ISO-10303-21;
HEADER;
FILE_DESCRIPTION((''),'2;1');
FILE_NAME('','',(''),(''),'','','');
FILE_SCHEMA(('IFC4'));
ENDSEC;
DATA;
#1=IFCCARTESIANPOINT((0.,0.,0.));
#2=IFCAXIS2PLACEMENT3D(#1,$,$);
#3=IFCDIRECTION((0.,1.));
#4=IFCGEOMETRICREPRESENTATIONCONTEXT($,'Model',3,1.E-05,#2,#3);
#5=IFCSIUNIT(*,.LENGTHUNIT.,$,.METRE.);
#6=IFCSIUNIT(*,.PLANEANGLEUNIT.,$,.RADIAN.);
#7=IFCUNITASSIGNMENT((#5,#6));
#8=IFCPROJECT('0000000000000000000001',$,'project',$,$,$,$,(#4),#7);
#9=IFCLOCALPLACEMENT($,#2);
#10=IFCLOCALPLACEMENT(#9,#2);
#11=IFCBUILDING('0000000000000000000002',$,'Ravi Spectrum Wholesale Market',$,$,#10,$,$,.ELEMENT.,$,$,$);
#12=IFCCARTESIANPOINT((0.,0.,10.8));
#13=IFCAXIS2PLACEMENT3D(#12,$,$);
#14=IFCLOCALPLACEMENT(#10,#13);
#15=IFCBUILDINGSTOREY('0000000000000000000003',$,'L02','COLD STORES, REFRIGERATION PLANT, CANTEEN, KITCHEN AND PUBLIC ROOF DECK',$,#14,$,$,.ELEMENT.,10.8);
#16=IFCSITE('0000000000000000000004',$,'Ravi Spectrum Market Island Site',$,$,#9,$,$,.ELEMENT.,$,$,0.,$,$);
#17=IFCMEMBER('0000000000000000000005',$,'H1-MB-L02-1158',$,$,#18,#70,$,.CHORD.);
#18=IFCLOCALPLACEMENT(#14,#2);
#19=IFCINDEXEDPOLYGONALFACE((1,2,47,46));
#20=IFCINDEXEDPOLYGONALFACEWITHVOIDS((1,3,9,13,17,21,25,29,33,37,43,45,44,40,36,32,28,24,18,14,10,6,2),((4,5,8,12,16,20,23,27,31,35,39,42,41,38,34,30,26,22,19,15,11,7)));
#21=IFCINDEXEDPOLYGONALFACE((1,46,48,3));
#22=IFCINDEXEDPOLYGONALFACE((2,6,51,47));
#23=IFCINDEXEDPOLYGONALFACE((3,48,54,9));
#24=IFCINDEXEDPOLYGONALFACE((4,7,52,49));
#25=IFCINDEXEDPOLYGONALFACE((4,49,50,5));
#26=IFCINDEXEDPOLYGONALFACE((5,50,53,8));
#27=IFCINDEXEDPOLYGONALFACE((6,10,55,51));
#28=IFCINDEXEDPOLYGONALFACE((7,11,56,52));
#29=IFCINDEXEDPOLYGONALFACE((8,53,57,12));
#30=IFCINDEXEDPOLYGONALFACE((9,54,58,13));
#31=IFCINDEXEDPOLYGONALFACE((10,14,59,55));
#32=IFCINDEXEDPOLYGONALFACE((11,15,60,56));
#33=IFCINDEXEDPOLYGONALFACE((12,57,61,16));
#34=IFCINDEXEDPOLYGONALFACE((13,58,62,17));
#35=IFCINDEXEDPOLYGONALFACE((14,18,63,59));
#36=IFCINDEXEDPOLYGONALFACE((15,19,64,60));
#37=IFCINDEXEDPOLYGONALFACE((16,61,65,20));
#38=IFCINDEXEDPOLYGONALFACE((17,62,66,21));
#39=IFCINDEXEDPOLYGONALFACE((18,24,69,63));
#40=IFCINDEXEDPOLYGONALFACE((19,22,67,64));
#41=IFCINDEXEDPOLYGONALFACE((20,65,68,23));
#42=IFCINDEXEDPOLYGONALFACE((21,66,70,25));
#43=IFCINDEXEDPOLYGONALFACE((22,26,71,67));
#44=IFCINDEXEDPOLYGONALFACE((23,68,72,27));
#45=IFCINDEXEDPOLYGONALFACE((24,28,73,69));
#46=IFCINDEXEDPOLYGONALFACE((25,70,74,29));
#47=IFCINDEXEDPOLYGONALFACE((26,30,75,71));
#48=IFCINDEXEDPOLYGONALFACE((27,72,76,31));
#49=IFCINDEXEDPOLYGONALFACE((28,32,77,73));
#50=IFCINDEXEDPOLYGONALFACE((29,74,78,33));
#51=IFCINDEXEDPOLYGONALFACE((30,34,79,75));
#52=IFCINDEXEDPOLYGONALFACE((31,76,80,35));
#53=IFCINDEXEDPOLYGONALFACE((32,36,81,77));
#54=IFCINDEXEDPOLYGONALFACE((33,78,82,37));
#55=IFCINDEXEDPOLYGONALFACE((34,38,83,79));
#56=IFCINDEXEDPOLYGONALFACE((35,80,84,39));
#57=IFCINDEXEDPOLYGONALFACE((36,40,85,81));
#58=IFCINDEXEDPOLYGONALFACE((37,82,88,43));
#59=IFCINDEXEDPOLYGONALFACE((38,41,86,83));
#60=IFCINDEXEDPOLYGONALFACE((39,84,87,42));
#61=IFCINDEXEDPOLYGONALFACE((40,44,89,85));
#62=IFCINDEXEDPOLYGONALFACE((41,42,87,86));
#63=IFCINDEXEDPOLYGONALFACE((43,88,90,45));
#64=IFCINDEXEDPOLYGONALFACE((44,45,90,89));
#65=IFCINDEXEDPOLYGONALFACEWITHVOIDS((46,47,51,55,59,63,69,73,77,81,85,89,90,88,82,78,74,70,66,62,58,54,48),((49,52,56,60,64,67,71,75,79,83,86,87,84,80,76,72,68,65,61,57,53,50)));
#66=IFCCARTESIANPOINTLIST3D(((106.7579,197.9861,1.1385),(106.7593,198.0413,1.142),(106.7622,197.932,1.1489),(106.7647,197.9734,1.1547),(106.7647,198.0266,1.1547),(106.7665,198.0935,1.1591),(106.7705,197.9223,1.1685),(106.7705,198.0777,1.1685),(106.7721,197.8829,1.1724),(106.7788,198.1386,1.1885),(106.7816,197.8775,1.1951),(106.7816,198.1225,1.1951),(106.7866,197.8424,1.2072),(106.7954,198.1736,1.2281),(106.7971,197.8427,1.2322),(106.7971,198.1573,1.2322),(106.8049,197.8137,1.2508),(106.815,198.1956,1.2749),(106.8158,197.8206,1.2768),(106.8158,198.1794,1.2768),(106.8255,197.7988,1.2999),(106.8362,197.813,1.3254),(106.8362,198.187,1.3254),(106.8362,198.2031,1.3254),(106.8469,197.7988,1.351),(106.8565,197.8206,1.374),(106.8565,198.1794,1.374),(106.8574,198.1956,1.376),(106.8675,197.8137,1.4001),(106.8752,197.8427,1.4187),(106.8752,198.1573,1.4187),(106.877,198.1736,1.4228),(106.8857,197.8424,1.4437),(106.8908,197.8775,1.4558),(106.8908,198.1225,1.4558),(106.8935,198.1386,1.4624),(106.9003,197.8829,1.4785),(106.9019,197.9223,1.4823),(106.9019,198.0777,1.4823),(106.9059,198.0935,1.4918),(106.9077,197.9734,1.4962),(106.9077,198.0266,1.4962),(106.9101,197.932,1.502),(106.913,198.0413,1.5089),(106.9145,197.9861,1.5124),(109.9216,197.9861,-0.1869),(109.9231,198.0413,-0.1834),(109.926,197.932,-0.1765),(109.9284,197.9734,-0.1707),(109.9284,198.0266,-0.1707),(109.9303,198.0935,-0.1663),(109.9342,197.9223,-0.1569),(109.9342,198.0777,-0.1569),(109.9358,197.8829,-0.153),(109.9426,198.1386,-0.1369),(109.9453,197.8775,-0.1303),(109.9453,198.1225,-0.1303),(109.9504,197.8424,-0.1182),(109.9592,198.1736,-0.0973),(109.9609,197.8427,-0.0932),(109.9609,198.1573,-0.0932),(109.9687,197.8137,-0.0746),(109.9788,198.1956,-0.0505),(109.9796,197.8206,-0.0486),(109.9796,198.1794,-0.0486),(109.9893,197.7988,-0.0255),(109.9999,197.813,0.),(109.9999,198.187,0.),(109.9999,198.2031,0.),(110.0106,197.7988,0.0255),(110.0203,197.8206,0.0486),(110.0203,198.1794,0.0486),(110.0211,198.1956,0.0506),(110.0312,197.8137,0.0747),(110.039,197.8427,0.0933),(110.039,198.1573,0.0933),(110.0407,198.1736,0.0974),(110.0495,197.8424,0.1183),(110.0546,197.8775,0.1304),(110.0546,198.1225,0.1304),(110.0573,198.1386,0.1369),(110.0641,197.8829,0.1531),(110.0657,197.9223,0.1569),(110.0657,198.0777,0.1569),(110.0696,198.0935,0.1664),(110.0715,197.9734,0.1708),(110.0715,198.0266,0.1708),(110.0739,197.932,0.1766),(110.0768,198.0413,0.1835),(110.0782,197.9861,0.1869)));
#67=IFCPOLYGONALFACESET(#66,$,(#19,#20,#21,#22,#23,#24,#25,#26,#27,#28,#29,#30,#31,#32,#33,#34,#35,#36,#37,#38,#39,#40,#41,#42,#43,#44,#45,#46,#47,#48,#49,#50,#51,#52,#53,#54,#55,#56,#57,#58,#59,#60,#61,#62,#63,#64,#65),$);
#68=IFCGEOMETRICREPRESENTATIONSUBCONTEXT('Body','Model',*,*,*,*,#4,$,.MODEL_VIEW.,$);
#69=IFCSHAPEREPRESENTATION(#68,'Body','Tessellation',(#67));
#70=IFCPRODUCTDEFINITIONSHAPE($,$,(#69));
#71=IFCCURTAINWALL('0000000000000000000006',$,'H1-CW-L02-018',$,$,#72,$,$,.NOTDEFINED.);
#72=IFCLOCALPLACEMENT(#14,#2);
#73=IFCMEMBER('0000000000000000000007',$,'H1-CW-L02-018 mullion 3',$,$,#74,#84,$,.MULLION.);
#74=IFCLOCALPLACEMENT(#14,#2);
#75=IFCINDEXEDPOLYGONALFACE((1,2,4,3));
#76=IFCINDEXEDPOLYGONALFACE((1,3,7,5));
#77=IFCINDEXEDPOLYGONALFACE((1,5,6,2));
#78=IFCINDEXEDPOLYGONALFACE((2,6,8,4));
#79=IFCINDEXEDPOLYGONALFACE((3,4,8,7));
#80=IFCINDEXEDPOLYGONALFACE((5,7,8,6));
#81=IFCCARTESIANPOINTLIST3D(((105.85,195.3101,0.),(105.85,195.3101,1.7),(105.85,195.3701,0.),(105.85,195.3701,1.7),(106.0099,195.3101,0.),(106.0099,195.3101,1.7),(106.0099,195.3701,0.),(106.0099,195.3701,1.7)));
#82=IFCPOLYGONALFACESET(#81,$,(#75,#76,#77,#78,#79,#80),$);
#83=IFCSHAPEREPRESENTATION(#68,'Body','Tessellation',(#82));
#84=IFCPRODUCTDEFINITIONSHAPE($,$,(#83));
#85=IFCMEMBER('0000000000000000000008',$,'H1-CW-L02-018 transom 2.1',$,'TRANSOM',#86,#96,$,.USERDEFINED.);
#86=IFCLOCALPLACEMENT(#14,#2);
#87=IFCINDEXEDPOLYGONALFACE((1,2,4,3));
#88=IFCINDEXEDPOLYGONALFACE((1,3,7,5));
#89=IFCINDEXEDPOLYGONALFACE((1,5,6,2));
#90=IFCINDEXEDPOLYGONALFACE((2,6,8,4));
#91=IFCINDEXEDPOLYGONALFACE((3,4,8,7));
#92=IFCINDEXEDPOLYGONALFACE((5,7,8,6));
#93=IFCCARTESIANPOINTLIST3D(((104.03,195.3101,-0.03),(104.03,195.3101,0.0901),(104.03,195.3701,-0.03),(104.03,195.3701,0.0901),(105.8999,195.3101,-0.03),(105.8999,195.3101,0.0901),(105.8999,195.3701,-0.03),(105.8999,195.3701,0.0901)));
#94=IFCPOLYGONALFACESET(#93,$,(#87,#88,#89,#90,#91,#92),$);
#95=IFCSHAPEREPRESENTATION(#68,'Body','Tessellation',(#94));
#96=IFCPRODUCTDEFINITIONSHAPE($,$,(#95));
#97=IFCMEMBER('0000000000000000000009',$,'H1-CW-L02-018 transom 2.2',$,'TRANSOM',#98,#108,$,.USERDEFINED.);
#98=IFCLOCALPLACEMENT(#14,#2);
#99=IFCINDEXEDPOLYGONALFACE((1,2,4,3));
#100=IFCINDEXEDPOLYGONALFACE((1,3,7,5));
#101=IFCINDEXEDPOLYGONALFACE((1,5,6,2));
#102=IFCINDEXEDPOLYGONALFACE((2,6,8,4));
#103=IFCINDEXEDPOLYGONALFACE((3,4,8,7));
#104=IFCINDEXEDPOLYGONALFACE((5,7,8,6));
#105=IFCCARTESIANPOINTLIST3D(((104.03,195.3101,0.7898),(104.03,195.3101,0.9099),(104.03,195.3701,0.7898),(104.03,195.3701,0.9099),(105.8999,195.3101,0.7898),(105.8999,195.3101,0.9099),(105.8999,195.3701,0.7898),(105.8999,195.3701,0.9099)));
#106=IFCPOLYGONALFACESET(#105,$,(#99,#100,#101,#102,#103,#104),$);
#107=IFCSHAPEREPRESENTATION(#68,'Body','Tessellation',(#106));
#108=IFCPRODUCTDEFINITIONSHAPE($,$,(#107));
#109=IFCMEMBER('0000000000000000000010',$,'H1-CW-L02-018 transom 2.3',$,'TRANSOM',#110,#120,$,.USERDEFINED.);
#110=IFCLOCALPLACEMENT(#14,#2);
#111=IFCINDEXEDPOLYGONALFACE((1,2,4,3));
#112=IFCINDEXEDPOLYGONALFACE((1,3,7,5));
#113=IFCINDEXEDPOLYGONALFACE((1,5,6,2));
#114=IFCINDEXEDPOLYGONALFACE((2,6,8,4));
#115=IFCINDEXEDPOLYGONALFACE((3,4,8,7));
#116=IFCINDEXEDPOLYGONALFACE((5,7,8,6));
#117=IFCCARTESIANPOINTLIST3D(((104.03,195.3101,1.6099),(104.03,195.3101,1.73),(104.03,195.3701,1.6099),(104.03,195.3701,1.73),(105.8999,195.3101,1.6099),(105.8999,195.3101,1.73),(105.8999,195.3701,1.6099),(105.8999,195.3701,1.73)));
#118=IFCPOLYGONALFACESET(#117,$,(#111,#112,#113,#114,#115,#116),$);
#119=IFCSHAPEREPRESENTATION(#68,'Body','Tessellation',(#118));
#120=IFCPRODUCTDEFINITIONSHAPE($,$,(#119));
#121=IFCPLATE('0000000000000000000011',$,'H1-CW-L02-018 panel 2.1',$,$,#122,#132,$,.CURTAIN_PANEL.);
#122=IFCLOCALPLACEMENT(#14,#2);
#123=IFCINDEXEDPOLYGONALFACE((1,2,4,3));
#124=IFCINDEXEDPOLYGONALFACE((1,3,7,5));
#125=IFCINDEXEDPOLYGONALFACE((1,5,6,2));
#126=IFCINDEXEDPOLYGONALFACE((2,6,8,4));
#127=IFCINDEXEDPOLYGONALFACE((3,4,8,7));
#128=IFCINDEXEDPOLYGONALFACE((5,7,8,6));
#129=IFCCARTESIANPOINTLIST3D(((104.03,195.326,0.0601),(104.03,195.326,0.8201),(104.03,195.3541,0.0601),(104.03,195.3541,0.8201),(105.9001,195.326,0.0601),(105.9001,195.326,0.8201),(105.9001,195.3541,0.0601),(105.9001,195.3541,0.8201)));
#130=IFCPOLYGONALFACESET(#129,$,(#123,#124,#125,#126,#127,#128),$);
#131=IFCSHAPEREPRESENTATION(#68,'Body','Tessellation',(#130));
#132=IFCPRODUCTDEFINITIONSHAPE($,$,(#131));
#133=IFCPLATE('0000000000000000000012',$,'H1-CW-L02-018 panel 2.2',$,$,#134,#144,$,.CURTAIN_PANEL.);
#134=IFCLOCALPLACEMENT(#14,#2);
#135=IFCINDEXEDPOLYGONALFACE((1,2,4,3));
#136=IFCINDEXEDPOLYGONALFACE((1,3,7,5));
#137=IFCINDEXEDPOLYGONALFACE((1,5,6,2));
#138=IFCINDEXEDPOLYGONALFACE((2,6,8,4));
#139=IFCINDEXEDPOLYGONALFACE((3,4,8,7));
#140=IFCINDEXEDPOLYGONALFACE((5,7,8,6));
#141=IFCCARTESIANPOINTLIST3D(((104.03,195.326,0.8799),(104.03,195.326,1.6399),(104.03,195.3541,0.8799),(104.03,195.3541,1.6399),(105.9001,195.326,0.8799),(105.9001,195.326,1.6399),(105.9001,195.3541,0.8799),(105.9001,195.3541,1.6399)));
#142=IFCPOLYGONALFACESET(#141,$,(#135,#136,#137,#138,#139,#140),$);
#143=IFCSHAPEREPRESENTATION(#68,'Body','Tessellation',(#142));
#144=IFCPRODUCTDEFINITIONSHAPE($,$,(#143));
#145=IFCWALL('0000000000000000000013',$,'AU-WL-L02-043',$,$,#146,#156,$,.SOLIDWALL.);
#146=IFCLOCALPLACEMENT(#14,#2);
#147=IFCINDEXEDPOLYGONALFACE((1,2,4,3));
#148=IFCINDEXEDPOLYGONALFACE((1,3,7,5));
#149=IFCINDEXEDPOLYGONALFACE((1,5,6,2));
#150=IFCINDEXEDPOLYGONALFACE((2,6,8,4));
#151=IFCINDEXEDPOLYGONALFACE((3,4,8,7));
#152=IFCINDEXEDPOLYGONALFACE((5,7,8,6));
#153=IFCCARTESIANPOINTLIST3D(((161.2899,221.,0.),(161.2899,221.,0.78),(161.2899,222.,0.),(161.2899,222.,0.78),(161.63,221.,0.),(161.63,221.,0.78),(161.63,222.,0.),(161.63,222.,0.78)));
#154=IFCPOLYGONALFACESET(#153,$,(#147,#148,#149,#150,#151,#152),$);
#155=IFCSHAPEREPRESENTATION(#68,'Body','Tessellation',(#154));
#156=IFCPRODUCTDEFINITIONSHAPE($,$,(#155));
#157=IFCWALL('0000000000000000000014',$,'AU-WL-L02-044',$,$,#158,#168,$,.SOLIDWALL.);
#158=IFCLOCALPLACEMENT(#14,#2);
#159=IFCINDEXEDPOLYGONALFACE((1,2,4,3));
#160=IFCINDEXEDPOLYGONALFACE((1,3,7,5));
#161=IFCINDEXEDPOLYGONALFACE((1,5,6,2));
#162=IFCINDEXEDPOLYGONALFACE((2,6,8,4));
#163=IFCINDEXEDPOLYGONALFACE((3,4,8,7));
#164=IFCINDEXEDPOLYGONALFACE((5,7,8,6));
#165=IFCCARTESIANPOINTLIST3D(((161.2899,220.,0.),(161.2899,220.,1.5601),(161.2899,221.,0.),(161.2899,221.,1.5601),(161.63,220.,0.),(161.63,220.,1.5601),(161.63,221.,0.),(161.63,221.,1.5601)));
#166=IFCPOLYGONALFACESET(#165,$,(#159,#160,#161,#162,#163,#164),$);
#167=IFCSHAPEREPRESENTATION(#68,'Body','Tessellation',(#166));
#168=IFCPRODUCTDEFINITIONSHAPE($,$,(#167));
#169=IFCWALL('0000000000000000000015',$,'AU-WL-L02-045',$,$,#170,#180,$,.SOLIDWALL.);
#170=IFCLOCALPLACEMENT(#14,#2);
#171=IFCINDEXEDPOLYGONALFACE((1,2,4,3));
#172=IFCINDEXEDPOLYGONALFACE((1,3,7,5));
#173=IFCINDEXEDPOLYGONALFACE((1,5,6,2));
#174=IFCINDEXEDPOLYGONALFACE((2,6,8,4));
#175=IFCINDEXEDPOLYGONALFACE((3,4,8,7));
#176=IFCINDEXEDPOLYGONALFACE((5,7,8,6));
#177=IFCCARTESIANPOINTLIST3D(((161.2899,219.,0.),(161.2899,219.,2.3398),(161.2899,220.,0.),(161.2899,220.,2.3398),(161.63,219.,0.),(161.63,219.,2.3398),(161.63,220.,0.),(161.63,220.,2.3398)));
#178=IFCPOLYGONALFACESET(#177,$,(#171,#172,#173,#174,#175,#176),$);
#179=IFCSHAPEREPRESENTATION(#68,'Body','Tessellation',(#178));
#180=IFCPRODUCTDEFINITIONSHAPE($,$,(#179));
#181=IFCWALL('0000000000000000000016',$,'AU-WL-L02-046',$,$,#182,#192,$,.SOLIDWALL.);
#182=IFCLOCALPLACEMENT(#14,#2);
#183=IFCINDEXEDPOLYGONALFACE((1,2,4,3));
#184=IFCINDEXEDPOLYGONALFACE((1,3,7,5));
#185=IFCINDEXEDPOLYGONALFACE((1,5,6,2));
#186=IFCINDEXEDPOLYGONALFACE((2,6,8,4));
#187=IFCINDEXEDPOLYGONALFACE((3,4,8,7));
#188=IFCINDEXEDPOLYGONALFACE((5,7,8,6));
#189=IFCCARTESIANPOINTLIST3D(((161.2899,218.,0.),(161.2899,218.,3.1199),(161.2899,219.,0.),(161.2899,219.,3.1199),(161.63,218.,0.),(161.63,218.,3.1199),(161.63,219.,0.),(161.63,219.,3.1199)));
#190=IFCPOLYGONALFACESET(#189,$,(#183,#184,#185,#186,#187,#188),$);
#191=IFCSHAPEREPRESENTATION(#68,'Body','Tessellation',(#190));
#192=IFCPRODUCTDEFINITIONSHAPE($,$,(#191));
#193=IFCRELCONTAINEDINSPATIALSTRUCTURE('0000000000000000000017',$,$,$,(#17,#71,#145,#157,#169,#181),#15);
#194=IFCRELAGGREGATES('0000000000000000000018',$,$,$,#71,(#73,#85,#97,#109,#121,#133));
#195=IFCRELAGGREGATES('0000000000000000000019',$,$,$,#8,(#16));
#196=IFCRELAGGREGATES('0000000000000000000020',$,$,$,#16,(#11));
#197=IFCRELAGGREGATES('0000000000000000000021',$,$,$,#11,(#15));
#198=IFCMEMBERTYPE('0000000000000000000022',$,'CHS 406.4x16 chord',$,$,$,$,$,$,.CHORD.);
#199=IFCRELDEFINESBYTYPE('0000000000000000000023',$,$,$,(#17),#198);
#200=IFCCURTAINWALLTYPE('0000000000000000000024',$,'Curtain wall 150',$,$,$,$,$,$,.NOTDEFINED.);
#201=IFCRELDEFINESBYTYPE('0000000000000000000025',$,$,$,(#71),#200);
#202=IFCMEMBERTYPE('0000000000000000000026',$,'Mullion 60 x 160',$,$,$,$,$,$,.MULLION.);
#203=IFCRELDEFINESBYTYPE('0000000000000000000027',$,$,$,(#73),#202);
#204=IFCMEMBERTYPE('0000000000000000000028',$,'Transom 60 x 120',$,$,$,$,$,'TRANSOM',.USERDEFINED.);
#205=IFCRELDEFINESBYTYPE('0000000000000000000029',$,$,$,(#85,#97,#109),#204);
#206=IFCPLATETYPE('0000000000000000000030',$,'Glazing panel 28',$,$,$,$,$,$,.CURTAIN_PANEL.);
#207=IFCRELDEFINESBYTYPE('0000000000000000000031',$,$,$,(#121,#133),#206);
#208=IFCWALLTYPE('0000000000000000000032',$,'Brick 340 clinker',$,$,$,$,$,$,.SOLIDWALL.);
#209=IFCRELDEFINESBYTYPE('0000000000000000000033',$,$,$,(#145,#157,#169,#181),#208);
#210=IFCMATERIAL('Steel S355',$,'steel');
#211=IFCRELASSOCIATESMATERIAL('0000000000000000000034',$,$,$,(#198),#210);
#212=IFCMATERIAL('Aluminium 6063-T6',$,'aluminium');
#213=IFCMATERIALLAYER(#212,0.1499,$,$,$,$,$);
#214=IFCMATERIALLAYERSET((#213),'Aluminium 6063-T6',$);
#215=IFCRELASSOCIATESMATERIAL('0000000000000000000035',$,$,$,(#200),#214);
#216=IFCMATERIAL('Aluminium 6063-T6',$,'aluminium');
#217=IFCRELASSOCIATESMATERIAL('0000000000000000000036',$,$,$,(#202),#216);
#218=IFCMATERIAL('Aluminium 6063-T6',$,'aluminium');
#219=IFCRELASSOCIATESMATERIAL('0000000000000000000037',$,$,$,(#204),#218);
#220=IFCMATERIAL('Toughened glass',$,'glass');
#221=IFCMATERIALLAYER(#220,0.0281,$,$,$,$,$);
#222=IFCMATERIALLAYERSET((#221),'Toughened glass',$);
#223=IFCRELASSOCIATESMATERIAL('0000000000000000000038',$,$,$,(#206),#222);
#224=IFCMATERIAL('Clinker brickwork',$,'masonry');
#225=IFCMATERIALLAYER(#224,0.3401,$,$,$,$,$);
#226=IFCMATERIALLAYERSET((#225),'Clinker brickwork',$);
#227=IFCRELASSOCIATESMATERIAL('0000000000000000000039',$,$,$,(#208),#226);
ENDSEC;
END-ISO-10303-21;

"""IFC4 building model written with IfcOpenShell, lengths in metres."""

from ifc_helpers import new_model, si_unit, direction, frame, frame_2d, origin, origin_2d, place, context, subcontext, project, spatial, rectangle, hollow_circle, extrude, material, layer, layer_set, material_profile, profile_set, type_object, element, aggregate, save


model = new_model("IFC4")

# Units and contexts
model_context = context("Model", 3, precision=1e-05, world=origin(), true_north=direction((0.0, 1.0)))
body_context = subcontext(model_context, "Body", "Model", "MODEL_VIEW")
ifc_project = project(units=[si_unit("LENGTHUNIT", "METRE"), si_unit("PLANEANGLEUNIT", "RADIAN")], contexts=[model_context])

# Site, building, storey
site_placement = place(None, origin())
site = spatial("IfcSite", under=ifc_project, at=site_placement, Name="Ravi Spectrum Market Island Site", CompositionType="ELEMENT", RefElevation=0.0)
building_placement = place(site_placement, origin())
building = spatial("IfcBuilding", under=site, at=building_placement, Name="Ravi Spectrum Wholesale Market", CompositionType="ELEMENT")
storey_placement = place(building_placement, frame((0.0, 0.0, 10.8)))
storey = spatial("IfcBuildingStorey", under=building, at=storey_placement, Name="L02", Description="COLD STORES, REFRIGERATION PLANT, CANTEEN, KITCHEN AND PUBLIC ROOF DECK", CompositionType="ELEMENT", Elevation=10.8)

# Member
ifc_material_1 = material(Name="Steel S355", Category="steel")
ifc_material_profile_1 = material_profile(ifc_material_1, hollow_circle(Radius=0.2031, WallThickness=0.0161, at=origin_2d()))
ifc_profile_set_1 = profile_set([ifc_material_profile_1], Name="Steel S355")
member_type_1 = type_object("IfcMemberType", Name="CHS 406.4x16 chord", PredefinedType="CHORD", material=ifc_profile_set_1)
member_1_placement = place(storey_placement, frame((106.8362, 198.0, 1.3254), z_axis=(0.922332, 0.0, -0.386399), x_axis=(0.0, 1.0, 0.0)))
element("IfcMember", 1, at=member_1_placement, inside=storey, type_object=member_type_1, Name="H1-MB-L02-1158", PredefinedType="CHORD", context=body_context, shape_type="SweptSolid", body=[
    extrude(hollow_circle(Radius=0.2031, WallThickness=0.0161, at=origin_2d()), origin(), (0.0, 0.0, 1.0), 3.4302),
])

# Curtain wall, members, plates
ifc_material_2 = material(Name="Aluminium 6063-T6", Category="aluminium")
ifc_layer_1 = layer(ifc_material_2, 0.1499)
ifc_layer_set_1 = layer_set([ifc_layer_1], Name="Aluminium 6063-T6")
curtain_wall_type = type_object("IfcCurtainWallType", Name="Curtain wall 150", PredefinedType="NOTDEFINED", material=ifc_layer_set_1)
curtain_wall_placement = place(storey_placement, origin())
curtain_wall = element("IfcCurtainWall", 2, at=curtain_wall_placement, inside=storey, type_object=curtain_wall_type, Name="H1-CW-L02-018", PredefinedType="NOTDEFINED")
ifc_material_3 = material(Name="Aluminium 6063-T6", Category="aluminium")
ifc_material_profile_2 = material_profile(ifc_material_3, rectangle(XDim=0.0601, YDim=0.1599, at=origin_2d()))
ifc_profile_set_2 = profile_set([ifc_material_profile_2], Name="Aluminium 6063-T6")
member_type_2 = type_object("IfcMemberType", Name="Mullion 60 x 160", PredefinedType="MULLION", material=ifc_profile_set_2)
member_2_placement = place(storey_placement, frame((105.9299, 195.3401, 0.0), z_axis=(0.0, 0.0, 1.0), x_axis=(0.0, 1.0, 0.0)))
member_2 = element("IfcMember", 3, at=member_2_placement, type_object=member_type_2, Name="H1-CW-L02-018 mullion 3", PredefinedType="MULLION", context=body_context, shape_type="SweptSolid", body=[
    extrude(rectangle(XDim=0.0601, YDim=0.1599, at=origin_2d()), origin(), (0.0, 0.0, 1.0), 1.7),
])
ifc_material_4 = material(Name="Aluminium 6063-T6", Category="aluminium")
ifc_material_profile_3 = material_profile(ifc_material_4, rectangle(XDim=0.0601, YDim=0.1201, at=origin_2d()))
ifc_profile_set_3 = profile_set([ifc_material_profile_3], Name="Aluminium 6063-T6")
member_type_3 = type_object("IfcMemberType", Name="Transom 60 x 120", ElementType="TRANSOM", PredefinedType="USERDEFINED", material=ifc_profile_set_3)
member_3_placement = place(storey_placement, frame((104.03, 195.3401, 0.03), z_axis=(1.0, 0.0, 0.0), x_axis=(0.0, 1.0, 0.0)))
member_3 = element("IfcMember", 4, at=member_3_placement, type_object=member_type_3, Name="H1-CW-L02-018 transom 2.1", ObjectType="TRANSOM", PredefinedType="USERDEFINED", context=body_context, shape_type="SweptSolid", body=[
    extrude(rectangle(XDim=0.0601, YDim=0.1201, at=origin_2d()), origin(), (0.0, 0.0, 1.0), 1.8699),
])
member_4_placement = place(storey_placement, frame((104.03, 195.3401, 0.8499), z_axis=(1.0, 0.0, 0.0), x_axis=(0.0, 1.0, 0.0)))
member_4 = element("IfcMember", 5, at=member_4_placement, type_object=member_type_3, Name="H1-CW-L02-018 transom 2.2", ObjectType="TRANSOM", PredefinedType="USERDEFINED", context=body_context, shape_type="SweptSolid", body=[
    extrude(rectangle(XDim=0.0601, YDim=0.1201, at=origin_2d()), origin(), (0.0, 0.0, 1.0), 1.8699),
])
member_5_placement = place(storey_placement, frame((104.03, 195.3401, 1.6699), z_axis=(1.0, 0.0, 0.0), x_axis=(0.0, 1.0, 0.0)))
member_5 = element("IfcMember", 6, at=member_5_placement, type_object=member_type_3, Name="H1-CW-L02-018 transom 2.3", ObjectType="TRANSOM", PredefinedType="USERDEFINED", context=body_context, shape_type="SweptSolid", body=[
    extrude(rectangle(XDim=0.0601, YDim=0.1201, at=origin_2d()), origin(), (0.0, 0.0, 1.0), 1.8699),
])
ifc_material_5 = material(Name="Toughened glass", Category="glass")
ifc_layer_2 = layer(ifc_material_5, 0.0281)
ifc_layer_set_2 = layer_set([ifc_layer_2], Name="Toughened glass")
plate_type = type_object("IfcPlateType", Name="Glazing panel 28", PredefinedType="CURTAIN_PANEL", material=ifc_layer_set_2)
plate_1_placement = place(storey_placement, frame((104.9651, 195.3401, 0.0601), z_axis=(0.0, 0.0, 1.0), x_axis=(1.0, 0.0, 0.0)))
plate_1 = element("IfcPlate", 7, at=plate_1_placement, type_object=plate_type, Name="H1-CW-L02-018 panel 2.1", PredefinedType="CURTAIN_PANEL", context=body_context, shape_type="SweptSolid", body=[
    extrude(rectangle(XDim=1.8701, YDim=0.0281, at=origin_2d()), origin(), (0.0, 0.0, 1.0), 0.76),
])
plate_2_placement = place(storey_placement, frame((104.9651, 195.3401, 0.8799), z_axis=(0.0, 0.0, 1.0), x_axis=(1.0, 0.0, 0.0)))
plate_2 = element("IfcPlate", 8, at=plate_2_placement, type_object=plate_type, Name="H1-CW-L02-018 panel 2.2", PredefinedType="CURTAIN_PANEL", context=body_context, shape_type="SweptSolid", body=[
    extrude(rectangle(XDim=1.8701, YDim=0.0281, at=origin_2d()), origin(), (0.0, 0.0, 1.0), 0.76),
])
aggregate(curtain_wall, [member_2, member_3, member_4, member_5, plate_1, plate_2])

# Walls
ifc_material_6 = material(Name="Clinker brickwork", Category="masonry")
ifc_layer_3 = layer(ifc_material_6, 0.3401)
ifc_layer_set_3 = layer_set([ifc_layer_3], Name="Clinker brickwork")
wall_type_1 = type_object("IfcWallType", Name="Brick 340 clinker", PredefinedType="SOLIDWALL", material=ifc_layer_set_3)
wall_1_placement = place(storey_placement, frame((161.46, 222.0, 0.0), z_axis=(0.0, 0.0, 1.0), x_axis=(0.0, -1.0, 0.0)))
element("IfcWall", 9, at=wall_1_placement, inside=storey, type_object=wall_type_1, Name="AU-WL-L02-043", PredefinedType="SOLIDWALL", context=body_context, shape_type="SweptSolid", body=[
    extrude(rectangle(XDim=1.0, YDim=0.3401, at=frame_2d((0.5, 0.0))), origin(), (0.0, 0.0, 1.0), 0.78),
])
wall_2_placement = place(storey_placement, frame((161.46, 221.0, 0.0), z_axis=(0.0, 0.0, 1.0), x_axis=(0.0, -1.0, 0.0)))
element("IfcWall", 10, at=wall_2_placement, inside=storey, type_object=wall_type_1, Name="AU-WL-L02-044", PredefinedType="SOLIDWALL", context=body_context, shape_type="SweptSolid", body=[
    extrude(rectangle(XDim=1.0, YDim=0.3401, at=frame_2d((0.5, 0.0))), origin(), (0.0, 0.0, 1.0), 1.5601),
])
wall_3_placement = place(storey_placement, frame((161.46, 220.0, 0.0), z_axis=(0.0, 0.0, 1.0), x_axis=(0.0, -1.0, 0.0)))
element("IfcWall", 11, at=wall_3_placement, inside=storey, type_object=wall_type_1, Name="AU-WL-L02-045", PredefinedType="SOLIDWALL", context=body_context, shape_type="SweptSolid", body=[
    extrude(rectangle(XDim=1.0, YDim=0.3401, at=frame_2d((0.5, 0.0))), origin(), (0.0, 0.0, 1.0), 2.3398),
])
wall_4_placement = place(storey_placement, frame((161.46, 219.0, 0.0), z_axis=(0.0, 0.0, 1.0), x_axis=(0.0, -1.0, 0.0)))
element("IfcWall", 12, at=wall_4_placement, inside=storey, type_object=wall_type_1, Name="AU-WL-L02-046", PredefinedType="SOLIDWALL", context=body_context, shape_type="SweptSolid", body=[
    extrude(rectangle(XDim=1.0, YDim=0.3401, at=frame_2d((0.5, 0.0))), origin(), (0.0, 0.0, 1.0), 3.1199),
])

save(model, "model.ifc")
